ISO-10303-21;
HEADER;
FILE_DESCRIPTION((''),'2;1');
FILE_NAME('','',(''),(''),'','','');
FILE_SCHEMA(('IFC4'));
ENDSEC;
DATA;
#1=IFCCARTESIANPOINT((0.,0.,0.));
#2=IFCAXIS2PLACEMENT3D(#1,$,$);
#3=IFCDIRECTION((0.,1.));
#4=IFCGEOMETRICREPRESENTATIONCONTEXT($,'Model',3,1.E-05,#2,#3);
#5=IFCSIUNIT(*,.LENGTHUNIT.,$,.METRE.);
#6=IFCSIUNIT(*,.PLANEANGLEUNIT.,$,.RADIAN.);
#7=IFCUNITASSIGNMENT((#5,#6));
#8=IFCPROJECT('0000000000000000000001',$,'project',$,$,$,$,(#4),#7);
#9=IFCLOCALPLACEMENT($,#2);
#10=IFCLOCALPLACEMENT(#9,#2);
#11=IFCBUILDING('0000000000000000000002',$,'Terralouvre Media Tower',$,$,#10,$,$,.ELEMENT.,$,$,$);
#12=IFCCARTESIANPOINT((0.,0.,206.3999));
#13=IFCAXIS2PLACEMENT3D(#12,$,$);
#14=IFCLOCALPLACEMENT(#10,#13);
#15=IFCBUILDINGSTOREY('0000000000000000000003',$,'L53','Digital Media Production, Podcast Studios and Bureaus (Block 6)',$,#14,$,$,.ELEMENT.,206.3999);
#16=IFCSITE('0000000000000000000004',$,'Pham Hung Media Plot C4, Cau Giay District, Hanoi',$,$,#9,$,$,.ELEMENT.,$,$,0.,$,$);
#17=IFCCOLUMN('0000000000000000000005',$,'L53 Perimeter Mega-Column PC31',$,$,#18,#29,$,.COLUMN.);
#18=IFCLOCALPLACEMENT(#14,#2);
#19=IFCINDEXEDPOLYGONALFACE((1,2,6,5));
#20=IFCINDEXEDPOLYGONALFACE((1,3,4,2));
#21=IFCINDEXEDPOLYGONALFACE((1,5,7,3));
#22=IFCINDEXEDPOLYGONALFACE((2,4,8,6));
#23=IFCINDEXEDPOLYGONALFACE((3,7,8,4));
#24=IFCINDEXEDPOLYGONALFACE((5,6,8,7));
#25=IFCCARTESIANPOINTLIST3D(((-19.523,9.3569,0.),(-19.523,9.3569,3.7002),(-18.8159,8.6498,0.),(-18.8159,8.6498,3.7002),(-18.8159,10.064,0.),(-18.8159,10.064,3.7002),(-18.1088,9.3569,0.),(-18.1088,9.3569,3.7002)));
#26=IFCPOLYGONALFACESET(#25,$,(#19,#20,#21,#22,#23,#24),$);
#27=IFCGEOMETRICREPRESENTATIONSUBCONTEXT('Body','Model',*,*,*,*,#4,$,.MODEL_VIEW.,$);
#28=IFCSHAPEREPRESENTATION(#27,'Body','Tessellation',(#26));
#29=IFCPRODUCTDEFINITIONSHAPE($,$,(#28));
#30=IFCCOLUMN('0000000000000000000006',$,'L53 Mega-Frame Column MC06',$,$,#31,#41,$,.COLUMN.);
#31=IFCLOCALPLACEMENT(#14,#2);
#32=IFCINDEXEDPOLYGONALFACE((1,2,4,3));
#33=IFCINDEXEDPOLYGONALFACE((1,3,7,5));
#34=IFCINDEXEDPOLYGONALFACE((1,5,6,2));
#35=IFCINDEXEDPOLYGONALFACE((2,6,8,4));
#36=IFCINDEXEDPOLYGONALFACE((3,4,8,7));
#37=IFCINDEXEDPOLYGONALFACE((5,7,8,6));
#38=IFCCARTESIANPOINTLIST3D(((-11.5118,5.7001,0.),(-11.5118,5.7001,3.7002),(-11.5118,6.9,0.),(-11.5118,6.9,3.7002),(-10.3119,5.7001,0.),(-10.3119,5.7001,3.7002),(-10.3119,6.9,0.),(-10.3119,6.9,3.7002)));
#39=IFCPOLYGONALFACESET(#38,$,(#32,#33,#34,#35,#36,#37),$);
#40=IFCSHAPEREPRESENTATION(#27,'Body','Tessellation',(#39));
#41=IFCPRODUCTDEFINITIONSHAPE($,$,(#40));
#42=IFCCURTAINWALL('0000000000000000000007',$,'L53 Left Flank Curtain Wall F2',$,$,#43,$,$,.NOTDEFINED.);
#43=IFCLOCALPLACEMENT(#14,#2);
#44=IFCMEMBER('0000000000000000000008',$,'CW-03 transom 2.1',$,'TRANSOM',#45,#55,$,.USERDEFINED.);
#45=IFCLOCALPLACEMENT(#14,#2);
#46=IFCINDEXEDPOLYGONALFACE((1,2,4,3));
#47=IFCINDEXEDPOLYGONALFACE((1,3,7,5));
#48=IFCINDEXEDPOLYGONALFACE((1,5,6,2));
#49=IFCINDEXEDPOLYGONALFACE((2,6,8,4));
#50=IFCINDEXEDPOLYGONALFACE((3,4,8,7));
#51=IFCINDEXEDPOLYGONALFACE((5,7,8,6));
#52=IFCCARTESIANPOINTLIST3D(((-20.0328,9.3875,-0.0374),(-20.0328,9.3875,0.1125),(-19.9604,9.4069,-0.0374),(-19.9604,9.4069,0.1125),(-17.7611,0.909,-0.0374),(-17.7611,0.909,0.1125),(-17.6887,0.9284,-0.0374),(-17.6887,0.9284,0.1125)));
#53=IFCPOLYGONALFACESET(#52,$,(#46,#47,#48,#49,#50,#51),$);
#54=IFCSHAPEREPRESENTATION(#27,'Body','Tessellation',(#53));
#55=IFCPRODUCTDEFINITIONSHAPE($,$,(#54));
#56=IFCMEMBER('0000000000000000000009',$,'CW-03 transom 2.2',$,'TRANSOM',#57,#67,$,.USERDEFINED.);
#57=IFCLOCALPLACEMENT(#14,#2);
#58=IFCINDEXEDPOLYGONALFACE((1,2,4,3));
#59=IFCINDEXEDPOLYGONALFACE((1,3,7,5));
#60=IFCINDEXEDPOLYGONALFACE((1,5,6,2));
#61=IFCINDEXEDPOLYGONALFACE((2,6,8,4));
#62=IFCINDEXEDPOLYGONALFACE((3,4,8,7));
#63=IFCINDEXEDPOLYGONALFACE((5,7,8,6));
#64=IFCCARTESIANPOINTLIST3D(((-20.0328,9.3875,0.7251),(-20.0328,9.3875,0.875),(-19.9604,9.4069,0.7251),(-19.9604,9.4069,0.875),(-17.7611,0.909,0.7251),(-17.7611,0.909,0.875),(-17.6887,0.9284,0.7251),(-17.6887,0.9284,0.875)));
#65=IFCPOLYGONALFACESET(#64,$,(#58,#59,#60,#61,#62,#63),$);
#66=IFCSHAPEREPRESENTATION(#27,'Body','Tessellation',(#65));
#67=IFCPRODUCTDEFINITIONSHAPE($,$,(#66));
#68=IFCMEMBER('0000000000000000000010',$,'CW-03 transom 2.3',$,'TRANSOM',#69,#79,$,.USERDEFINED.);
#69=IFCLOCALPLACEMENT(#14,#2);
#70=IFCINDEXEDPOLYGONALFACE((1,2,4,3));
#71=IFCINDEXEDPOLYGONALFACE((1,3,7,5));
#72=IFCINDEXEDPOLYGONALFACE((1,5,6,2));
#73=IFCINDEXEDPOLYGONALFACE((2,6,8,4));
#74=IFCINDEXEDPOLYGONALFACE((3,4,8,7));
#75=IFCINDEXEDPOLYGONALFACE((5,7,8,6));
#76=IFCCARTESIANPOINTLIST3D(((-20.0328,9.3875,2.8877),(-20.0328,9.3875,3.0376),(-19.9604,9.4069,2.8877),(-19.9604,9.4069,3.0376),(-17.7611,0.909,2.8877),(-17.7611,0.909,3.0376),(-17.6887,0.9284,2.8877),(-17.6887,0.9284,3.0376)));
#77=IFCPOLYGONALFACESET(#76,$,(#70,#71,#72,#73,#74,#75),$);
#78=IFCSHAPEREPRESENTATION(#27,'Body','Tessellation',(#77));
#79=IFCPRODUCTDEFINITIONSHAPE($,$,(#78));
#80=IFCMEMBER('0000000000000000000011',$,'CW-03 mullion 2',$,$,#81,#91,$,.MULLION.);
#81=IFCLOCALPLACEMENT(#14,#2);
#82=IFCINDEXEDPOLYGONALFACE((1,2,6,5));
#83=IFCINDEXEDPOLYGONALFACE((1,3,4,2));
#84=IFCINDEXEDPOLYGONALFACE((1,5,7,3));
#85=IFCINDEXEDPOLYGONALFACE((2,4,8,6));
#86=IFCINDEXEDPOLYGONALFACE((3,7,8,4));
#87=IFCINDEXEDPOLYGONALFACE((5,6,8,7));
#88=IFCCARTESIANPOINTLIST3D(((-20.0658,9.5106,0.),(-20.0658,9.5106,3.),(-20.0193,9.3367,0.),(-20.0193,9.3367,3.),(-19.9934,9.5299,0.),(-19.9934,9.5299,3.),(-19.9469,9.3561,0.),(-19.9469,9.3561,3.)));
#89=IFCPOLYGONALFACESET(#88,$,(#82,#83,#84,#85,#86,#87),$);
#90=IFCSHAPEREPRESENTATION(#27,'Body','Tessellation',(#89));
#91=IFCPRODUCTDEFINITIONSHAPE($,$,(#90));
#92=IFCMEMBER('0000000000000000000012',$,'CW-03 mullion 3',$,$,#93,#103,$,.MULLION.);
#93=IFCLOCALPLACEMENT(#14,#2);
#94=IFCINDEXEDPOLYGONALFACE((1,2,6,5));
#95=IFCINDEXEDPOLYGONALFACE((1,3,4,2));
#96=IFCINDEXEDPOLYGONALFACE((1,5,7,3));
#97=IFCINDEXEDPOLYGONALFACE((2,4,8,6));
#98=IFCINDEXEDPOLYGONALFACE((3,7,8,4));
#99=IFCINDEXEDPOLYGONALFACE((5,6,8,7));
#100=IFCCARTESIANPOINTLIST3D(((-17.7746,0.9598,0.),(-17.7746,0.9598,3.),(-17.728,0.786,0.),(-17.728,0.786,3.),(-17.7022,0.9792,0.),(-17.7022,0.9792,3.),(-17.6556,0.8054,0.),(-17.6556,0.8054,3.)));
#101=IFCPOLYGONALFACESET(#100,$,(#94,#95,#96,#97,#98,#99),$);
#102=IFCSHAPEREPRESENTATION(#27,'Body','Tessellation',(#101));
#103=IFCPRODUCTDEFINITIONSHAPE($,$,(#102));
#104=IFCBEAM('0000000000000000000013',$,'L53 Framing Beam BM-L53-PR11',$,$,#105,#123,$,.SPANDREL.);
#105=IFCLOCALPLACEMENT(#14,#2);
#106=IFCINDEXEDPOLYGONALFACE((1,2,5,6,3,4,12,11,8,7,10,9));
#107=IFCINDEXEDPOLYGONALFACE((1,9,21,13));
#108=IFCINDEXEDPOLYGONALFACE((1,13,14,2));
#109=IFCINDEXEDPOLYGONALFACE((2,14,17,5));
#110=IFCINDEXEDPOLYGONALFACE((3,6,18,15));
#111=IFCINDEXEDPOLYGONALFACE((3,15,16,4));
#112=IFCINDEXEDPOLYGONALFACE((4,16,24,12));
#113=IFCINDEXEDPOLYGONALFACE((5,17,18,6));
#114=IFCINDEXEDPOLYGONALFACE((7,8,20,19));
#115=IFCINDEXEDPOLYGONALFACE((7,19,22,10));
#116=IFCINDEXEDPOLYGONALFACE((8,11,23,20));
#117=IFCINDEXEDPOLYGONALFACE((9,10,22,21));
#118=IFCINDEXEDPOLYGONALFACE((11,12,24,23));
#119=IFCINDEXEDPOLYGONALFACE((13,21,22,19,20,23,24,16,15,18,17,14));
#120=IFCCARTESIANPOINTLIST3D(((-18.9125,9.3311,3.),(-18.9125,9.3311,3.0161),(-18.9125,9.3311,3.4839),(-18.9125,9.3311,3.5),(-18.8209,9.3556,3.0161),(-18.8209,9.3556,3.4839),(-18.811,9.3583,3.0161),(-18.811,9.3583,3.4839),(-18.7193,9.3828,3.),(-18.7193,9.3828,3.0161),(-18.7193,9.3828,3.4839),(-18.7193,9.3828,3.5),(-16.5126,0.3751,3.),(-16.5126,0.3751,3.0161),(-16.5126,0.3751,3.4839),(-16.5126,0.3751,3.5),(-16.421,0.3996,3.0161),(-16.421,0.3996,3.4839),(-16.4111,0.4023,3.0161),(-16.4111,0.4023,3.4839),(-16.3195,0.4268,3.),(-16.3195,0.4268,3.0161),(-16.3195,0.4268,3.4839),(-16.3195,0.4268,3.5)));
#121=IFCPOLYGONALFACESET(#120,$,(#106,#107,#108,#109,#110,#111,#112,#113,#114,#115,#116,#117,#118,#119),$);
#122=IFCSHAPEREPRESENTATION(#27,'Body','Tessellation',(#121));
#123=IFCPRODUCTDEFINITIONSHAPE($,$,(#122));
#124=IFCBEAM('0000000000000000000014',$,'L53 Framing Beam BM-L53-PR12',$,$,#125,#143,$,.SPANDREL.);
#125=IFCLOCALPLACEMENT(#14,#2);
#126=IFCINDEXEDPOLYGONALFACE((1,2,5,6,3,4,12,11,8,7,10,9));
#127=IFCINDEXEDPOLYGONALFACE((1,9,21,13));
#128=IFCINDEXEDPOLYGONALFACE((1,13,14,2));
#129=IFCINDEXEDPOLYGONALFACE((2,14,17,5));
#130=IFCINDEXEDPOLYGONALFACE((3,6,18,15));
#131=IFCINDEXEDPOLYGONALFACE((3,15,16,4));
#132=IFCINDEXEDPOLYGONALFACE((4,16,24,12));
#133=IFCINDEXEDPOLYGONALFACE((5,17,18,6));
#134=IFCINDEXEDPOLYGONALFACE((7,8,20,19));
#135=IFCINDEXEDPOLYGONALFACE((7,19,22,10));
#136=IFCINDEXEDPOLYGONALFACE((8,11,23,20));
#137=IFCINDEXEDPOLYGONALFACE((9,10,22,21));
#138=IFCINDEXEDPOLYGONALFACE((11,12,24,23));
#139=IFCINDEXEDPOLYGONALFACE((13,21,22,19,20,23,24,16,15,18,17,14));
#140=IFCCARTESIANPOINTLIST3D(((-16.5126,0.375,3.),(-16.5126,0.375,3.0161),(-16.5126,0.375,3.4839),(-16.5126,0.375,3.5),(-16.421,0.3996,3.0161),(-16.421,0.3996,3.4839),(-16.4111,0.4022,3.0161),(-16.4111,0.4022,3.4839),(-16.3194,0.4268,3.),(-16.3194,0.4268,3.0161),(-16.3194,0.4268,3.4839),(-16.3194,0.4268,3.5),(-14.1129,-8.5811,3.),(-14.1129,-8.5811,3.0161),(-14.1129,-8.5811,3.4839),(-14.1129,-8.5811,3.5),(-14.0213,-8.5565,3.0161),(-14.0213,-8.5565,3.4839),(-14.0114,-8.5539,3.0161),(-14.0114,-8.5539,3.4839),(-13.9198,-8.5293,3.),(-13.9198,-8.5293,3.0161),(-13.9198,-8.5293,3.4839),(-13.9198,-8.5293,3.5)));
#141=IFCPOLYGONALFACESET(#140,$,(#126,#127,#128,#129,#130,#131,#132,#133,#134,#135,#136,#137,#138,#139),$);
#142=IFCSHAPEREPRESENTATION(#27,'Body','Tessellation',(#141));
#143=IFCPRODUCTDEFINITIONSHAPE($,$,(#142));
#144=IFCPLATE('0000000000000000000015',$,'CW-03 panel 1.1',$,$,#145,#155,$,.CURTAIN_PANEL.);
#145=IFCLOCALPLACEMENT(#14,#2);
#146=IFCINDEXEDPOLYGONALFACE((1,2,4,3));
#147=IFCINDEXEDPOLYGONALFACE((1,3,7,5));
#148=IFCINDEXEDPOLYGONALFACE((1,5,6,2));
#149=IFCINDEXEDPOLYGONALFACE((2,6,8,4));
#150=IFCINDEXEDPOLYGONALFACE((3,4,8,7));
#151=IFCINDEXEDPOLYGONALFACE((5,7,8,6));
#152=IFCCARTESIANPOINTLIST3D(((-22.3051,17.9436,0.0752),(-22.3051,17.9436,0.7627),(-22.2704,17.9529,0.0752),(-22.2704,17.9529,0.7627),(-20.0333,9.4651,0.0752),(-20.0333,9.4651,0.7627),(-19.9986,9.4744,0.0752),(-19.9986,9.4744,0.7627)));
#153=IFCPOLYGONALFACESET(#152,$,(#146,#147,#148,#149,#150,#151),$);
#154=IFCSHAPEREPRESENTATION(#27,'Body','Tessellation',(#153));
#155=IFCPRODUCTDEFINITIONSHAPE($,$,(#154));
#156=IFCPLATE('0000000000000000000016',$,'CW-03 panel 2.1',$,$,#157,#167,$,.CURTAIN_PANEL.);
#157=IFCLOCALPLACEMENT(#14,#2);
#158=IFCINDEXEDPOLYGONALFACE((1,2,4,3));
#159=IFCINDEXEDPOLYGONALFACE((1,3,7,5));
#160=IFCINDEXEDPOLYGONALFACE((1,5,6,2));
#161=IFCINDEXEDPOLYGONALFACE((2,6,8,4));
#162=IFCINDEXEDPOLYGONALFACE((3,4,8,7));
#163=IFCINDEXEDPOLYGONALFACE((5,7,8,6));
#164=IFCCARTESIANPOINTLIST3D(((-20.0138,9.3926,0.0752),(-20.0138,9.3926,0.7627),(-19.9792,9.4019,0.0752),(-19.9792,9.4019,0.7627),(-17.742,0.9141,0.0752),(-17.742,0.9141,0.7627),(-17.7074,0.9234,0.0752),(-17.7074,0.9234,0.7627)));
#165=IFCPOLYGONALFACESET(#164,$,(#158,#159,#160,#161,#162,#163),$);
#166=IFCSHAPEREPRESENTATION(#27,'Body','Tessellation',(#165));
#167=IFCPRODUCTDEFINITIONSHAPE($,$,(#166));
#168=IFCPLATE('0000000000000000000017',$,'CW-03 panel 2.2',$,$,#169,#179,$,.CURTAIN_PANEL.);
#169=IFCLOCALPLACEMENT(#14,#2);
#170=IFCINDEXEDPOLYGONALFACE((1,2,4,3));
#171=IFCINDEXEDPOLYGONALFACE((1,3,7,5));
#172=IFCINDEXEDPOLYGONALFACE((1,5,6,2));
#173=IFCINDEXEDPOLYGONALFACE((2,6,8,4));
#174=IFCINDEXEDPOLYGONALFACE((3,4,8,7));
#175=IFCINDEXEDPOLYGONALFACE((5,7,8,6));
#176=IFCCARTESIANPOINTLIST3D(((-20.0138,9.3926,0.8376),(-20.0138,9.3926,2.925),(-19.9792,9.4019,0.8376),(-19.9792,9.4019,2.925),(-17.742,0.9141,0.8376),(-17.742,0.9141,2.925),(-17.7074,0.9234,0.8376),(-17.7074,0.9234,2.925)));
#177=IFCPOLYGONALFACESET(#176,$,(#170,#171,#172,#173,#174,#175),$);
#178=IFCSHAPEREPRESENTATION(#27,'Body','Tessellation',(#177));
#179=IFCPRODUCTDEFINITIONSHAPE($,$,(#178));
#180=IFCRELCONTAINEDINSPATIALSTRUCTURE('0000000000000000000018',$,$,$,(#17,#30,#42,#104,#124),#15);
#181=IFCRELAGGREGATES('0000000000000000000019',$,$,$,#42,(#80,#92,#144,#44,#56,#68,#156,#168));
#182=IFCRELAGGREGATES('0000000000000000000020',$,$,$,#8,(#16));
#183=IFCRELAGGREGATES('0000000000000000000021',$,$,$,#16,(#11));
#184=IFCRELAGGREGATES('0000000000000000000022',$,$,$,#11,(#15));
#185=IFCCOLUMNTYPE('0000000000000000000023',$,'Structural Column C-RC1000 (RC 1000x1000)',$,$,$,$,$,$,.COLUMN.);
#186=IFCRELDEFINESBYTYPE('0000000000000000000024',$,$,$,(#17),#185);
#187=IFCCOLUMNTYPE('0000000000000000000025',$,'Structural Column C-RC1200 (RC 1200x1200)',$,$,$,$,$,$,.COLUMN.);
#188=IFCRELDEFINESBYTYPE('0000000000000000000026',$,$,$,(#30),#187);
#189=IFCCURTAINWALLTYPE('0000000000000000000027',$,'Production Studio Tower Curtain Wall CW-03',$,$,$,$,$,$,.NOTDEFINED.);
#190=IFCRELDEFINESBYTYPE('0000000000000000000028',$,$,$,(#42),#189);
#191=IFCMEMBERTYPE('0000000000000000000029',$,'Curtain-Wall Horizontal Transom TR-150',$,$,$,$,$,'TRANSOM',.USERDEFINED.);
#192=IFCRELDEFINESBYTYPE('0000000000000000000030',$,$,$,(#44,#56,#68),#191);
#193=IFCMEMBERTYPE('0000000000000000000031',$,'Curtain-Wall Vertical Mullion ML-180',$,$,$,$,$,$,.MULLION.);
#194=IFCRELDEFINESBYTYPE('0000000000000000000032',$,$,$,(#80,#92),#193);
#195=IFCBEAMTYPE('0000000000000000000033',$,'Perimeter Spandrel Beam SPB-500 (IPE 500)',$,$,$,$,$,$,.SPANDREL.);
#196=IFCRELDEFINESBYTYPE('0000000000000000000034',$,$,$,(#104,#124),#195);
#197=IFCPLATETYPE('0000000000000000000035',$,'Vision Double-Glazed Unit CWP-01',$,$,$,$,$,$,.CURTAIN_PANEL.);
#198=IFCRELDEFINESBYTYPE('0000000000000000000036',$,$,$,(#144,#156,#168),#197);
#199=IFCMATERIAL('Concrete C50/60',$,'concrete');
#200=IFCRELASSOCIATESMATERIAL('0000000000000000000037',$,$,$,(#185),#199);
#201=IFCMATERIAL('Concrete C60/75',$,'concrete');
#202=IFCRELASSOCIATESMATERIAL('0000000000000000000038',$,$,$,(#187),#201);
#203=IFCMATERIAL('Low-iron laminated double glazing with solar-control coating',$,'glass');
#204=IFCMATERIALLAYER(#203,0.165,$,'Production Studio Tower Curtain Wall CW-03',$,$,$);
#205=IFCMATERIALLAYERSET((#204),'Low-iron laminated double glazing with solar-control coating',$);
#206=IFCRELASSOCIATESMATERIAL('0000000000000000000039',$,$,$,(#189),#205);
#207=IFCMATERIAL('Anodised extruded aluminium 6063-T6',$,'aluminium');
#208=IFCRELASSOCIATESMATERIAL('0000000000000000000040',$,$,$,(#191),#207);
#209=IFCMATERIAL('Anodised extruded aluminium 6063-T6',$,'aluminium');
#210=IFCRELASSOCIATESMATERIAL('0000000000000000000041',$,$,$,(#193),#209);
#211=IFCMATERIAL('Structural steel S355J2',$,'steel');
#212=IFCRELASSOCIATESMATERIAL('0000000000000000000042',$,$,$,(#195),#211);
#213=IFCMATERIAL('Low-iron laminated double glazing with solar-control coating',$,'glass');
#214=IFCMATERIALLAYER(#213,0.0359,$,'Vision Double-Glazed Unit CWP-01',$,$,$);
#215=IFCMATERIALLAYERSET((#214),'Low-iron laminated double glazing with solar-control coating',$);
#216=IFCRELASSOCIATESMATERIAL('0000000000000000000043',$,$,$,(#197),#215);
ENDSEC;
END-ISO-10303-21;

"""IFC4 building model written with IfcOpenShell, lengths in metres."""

from ifc_helpers import new_model, si_unit, direction, frame, origin, origin_2d, place, context, subcontext, project, spatial, rectangle, i_section, extrude, material, layer, layer_set, material_profile, profile_set, type_object, element, aggregate, save


model = new_model("IFC4")

# Units and contexts
model_context = context("Model", 3, precision=1e-05, world=origin(), true_north=direction((0.0, 1.0)))
body_context = subcontext(model_context, "Body", "Model", "MODEL_VIEW")
ifc_project = project(units=[si_unit("LENGTHUNIT", "METRE"), si_unit("PLANEANGLEUNIT", "RADIAN")], contexts=[model_context])

# Site, building, storey
site_placement = place(None, origin())
site = spatial("IfcSite", under=ifc_project, at=site_placement, Name="Pham Hung Media Plot C4, Cau Giay District, Hanoi", CompositionType="ELEMENT", RefElevation=0.0)
building_placement = place(site_placement, origin())
building = spatial("IfcBuilding", under=site, at=building_placement, Name="Terralouvre Media Tower", CompositionType="ELEMENT")
storey_placement = place(building_placement, frame((0.0, 0.0, 206.3999)))
storey = spatial("IfcBuildingStorey", under=building, at=storey_placement, Name="L53", Description="Digital Media Production, Podcast Studios and Bureaus (Block 6)", CompositionType="ELEMENT", Elevation=206.3999)

# Columns
ifc_material_1 = material(Name="Concrete C50/60", Category="concrete")
ifc_material_profile_1 = material_profile(ifc_material_1, rectangle(XDim=1.0, YDim=1.0, at=origin_2d()), Name="RC 1000x1000")
ifc_profile_set_1 = profile_set([ifc_material_profile_1], Name="Concrete C50/60")
column_type_1 = type_object("IfcColumnType", Name="Structural Column C-RC1000 (RC 1000x1000)", PredefinedType="COLUMN", material=ifc_profile_set_1)
column_1_placement = place(storey_placement, frame((-18.8159, 9.3569, 0.0), z_axis=(0.0, 0.0, 1.0), x_axis=(0.707107, 0.707107, 0.0)))
element("IfcColumn", 1, at=column_1_placement, inside=storey, type_object=column_type_1, Name="L53 Perimeter Mega-Column PC31", PredefinedType="COLUMN", context=body_context, shape_type="SweptSolid", body=[
    extrude(rectangle(XDim=1.0, YDim=1.0, at=origin_2d()), origin(), (0.0, 0.0, 1.0), 3.7002),
])
ifc_material_2 = material(Name="Concrete C60/75", Category="concrete")
ifc_material_profile_2 = material_profile(ifc_material_2, rectangle(XDim=1.2, YDim=1.2, at=origin_2d()), Name="RC 1200x1200")
ifc_profile_set_2 = profile_set([ifc_material_profile_2], Name="Concrete C60/75")
column_type_2 = type_object("IfcColumnType", Name="Structural Column C-RC1200 (RC 1200x1200)", PredefinedType="COLUMN", material=ifc_profile_set_2)
column_2_placement = place(storey_placement, frame((-10.9119, 6.3, 0.0), z_axis=(0.0, 0.0, 1.0), x_axis=(1.0, 0.0, 0.0)))
element("IfcColumn", 2, at=column_2_placement, inside=storey, type_object=column_type_2, Name="L53 Mega-Frame Column MC06", PredefinedType="COLUMN", context=body_context, shape_type="SweptSolid", body=[
    extrude(rectangle(XDim=1.2, YDim=1.2, at=origin_2d()), origin(), (0.0, 0.0, 1.0), 3.7002),
])

# Curtain wall, members
ifc_material_3 = material(Name="Low-iron laminated double glazing with solar-control coating", Category="glass")
ifc_layer_1 = layer(ifc_material_3, 0.165, Name="Production Studio Tower Curtain Wall CW-03")
ifc_layer_set_1 = layer_set([ifc_layer_1], Name="Low-iron laminated double glazing with solar-control coating")
curtain_wall_type = type_object("IfcCurtainWallType", Name="Production Studio Tower Curtain Wall CW-03", PredefinedType="NOTDEFINED", material=ifc_layer_set_1)
curtain_wall_placement = place(storey_placement, origin())
curtain_wall = element("IfcCurtainWall", 3, at=curtain_wall_placement, inside=storey, type_object=curtain_wall_type, Name="L53 Left Flank Curtain Wall F2", PredefinedType="NOTDEFINED")
ifc_material_4 = material(Name="Anodised extruded aluminium 6063-T6", Category="aluminium")
ifc_material_profile_3 = material_profile(ifc_material_4, rectangle(XDim=0.075, YDim=0.1499, at=origin_2d()), Name="ALU 75x150")
ifc_profile_set_3 = profile_set([ifc_material_profile_3], Name="Anodised extruded aluminium 6063-T6")
member_type_1 = type_object("IfcMemberType", Name="Curtain-Wall Horizontal Transom TR-150", ElementType="TRANSOM", PredefinedType="USERDEFINED", material=ifc_profile_set_3)
member_1_placement = place(storey_placement, frame((-19.9966, 9.3972, 0.0376), z_axis=(0.25881, -0.965928, 0.0), x_axis=(0.965928, 0.25881, 0.0)))
member_1 = element("IfcMember", 4, at=member_1_placement, type_object=member_type_1, Name="CW-03 transom 2.1", ObjectType="TRANSOM", PredefinedType="USERDEFINED", context=body_context, shape_type="SweptSolid", body=[
    extrude(rectangle(XDim=0.075, YDim=0.1499, at=origin_2d()), origin(), (0.0, 0.0, 1.0), 8.7776),
])
member_2_placement = place(storey_placement, frame((-19.9966, 9.3972, 0.8), z_axis=(0.25881, -0.965928, 0.0), x_axis=(0.965928, 0.25881, 0.0)))
member_2 = element("IfcMember", 5, at=member_2_placement, type_object=member_type_1, Name="CW-03 transom 2.2", ObjectType="TRANSOM", PredefinedType="USERDEFINED", context=body_context, shape_type="SweptSolid", body=[
    extrude(rectangle(XDim=0.075, YDim=0.1499, at=origin_2d()), origin(), (0.0, 0.0, 1.0), 8.7776),
])
member_3_placement = place(storey_placement, frame((-19.9966, 9.3972, 2.9626), z_axis=(0.25881, -0.965928, 0.0), x_axis=(0.965928, 0.25881, 0.0)))
member_3 = element("IfcMember", 6, at=member_3_placement, type_object=member_type_1, Name="CW-03 transom 2.3", ObjectType="TRANSOM", PredefinedType="USERDEFINED", context=body_context, shape_type="SweptSolid", body=[
    extrude(rectangle(XDim=0.075, YDim=0.1499, at=origin_2d()), origin(), (0.0, 0.0, 1.0), 8.7776),
])
ifc_material_5 = material(Name="Anodised extruded aluminium 6063-T6", Category="aluminium")
ifc_material_profile_4 = material_profile(ifc_material_5, rectangle(XDim=0.075, YDim=0.1799, at=origin_2d()), Name="ALU 75x180")
ifc_profile_set_4 = profile_set([ifc_material_profile_4], Name="Anodised extruded aluminium 6063-T6")
member_type_2 = type_object("IfcMemberType", Name="Curtain-Wall Vertical Mullion ML-180", PredefinedType="MULLION", material=ifc_profile_set_4)
member_4_placement = place(storey_placement, frame((-20.0063, 9.4333, 0.0), z_axis=(0.0, 0.0, 1.0), x_axis=(0.965926, 0.258819, 0.0)))
member_4 = element("IfcMember", 7, at=member_4_placement, type_object=member_type_2, Name="CW-03 mullion 2", PredefinedType="MULLION", context=body_context, shape_type="SweptSolid", body=[
    extrude(rectangle(XDim=0.075, YDim=0.1799, at=origin_2d()), origin(), (0.0, 0.0, 1.0), 3.0),
])
member_5_placement = place(storey_placement, frame((-17.7151, 0.8826, 0.0), z_axis=(0.0, 0.0, 1.0), x_axis=(0.965926, 0.258819, 0.0)))
member_5 = element("IfcMember", 8, at=member_5_placement, type_object=member_type_2, Name="CW-03 mullion 3", PredefinedType="MULLION", context=body_context, shape_type="SweptSolid", body=[
    extrude(rectangle(XDim=0.075, YDim=0.1799, at=origin_2d()), origin(), (0.0, 0.0, 1.0), 3.0),
])

# Beams
ifc_material_6 = material(Name="Structural steel S355J2", Category="steel")
ifc_material_profile_5 = material_profile(ifc_material_6, i_section(OverallWidth=0.2, OverallDepth=0.5, WebThickness=0.0103, FlangeThickness=0.0161, at=origin_2d()), Name="IPE 500")
ifc_profile_set_5 = profile_set([ifc_material_profile_5], Name="Structural steel S355J2")
beam_type = type_object("IfcBeamType", Name="Perimeter Spandrel Beam SPB-500 (IPE 500)", PredefinedType="SPANDREL", material=ifc_profile_set_5)
for number, where, z_axis, x_axis, name in (
    (9, (-18.8159, 9.3569, 3.25), (0.258833, -0.965922, 0.0), (0.965922, 0.258833, 0.0), "L53 Framing Beam BM-L53-PR11"),
    (10, (-16.416, 0.4009, 3.25), (0.258808, -0.965929, 0.0), (0.965929, 0.258808, 0.0), "L53 Framing Beam BM-L53-PR12"),
):
    element("IfcBeam", number, at=place(storey_placement, frame(where, z_axis=z_axis, x_axis=x_axis)), inside=storey, type_object=beam_type, Name=name, PredefinedType="SPANDREL", context=body_context, shape_type="SweptSolid", body=[
        extrude(i_section(OverallWidth=0.2, OverallDepth=0.5, WebThickness=0.0103, FlangeThickness=0.0161, at=origin_2d()), origin(), (0.0, 0.0, 1.0), 9.272),
    ])

# Plates
ifc_material_7 = material(Name="Low-iron laminated double glazing with solar-control coating", Category="glass")
ifc_layer_2 = layer(ifc_material_7, 0.0359, Name="Vision Double-Glazed Unit CWP-01")
ifc_layer_set_2 = layer_set([ifc_layer_2], Name="Low-iron laminated double glazing with solar-control coating")
plate_type = type_object("IfcPlateType", Name="Vision Double-Glazed Unit CWP-01", PredefinedType="CURTAIN_PANEL", material=ifc_layer_set_2)
plate_1_placement = place(storey_placement, frame((-21.1519, 13.709, 0.0752), z_axis=(0.0, 0.0, 1.0), x_axis=(0.258819, -0.965926, 0.0)))
plate_1 = element("IfcPlate", 11, at=plate_1_placement, type_object=plate_type, Name="CW-03 panel 1.1", PredefinedType="CURTAIN_PANEL", context=body_context, shape_type="SweptSolid", body=[
    extrude(rectangle(XDim=8.7776, YDim=0.0359, at=origin_2d()), origin(), (0.0, 0.0, 1.0), 0.6875),
])
plate_2_placement = place(storey_placement, frame((-18.8606, 5.158, 0.0752), z_axis=(0.0, 0.0, 1.0), x_axis=(0.258819, -0.965926, 0.0)))
plate_2 = element("IfcPlate", 12, at=plate_2_placement, type_object=plate_type, Name="CW-03 panel 2.1", PredefinedType="CURTAIN_PANEL", context=body_context, shape_type="SweptSolid", body=[
    extrude(rectangle(XDim=8.7776, YDim=0.0359, at=origin_2d()), origin(), (0.0, 0.0, 1.0), 0.6875),
])
plate_3_placement = place(storey_placement, frame((-18.8606, 5.158, 0.8376), z_axis=(0.0, 0.0, 1.0), x_axis=(0.258819, -0.965926, 0.0)))
plate_3 = element("IfcPlate", 13, at=plate_3_placement, type_object=plate_type, Name="CW-03 panel 2.2", PredefinedType="CURTAIN_PANEL", context=body_context, shape_type="SweptSolid", body=[
    extrude(rectangle(XDim=8.7776, YDim=0.0359, at=origin_2d()), origin(), (0.0, 0.0, 1.0), 2.0874),
])
aggregate(curtain_wall, [member_4, member_5, plate_1, member_1, member_2, member_3, plate_2, plate_3])

save(model, "model.ifc")
